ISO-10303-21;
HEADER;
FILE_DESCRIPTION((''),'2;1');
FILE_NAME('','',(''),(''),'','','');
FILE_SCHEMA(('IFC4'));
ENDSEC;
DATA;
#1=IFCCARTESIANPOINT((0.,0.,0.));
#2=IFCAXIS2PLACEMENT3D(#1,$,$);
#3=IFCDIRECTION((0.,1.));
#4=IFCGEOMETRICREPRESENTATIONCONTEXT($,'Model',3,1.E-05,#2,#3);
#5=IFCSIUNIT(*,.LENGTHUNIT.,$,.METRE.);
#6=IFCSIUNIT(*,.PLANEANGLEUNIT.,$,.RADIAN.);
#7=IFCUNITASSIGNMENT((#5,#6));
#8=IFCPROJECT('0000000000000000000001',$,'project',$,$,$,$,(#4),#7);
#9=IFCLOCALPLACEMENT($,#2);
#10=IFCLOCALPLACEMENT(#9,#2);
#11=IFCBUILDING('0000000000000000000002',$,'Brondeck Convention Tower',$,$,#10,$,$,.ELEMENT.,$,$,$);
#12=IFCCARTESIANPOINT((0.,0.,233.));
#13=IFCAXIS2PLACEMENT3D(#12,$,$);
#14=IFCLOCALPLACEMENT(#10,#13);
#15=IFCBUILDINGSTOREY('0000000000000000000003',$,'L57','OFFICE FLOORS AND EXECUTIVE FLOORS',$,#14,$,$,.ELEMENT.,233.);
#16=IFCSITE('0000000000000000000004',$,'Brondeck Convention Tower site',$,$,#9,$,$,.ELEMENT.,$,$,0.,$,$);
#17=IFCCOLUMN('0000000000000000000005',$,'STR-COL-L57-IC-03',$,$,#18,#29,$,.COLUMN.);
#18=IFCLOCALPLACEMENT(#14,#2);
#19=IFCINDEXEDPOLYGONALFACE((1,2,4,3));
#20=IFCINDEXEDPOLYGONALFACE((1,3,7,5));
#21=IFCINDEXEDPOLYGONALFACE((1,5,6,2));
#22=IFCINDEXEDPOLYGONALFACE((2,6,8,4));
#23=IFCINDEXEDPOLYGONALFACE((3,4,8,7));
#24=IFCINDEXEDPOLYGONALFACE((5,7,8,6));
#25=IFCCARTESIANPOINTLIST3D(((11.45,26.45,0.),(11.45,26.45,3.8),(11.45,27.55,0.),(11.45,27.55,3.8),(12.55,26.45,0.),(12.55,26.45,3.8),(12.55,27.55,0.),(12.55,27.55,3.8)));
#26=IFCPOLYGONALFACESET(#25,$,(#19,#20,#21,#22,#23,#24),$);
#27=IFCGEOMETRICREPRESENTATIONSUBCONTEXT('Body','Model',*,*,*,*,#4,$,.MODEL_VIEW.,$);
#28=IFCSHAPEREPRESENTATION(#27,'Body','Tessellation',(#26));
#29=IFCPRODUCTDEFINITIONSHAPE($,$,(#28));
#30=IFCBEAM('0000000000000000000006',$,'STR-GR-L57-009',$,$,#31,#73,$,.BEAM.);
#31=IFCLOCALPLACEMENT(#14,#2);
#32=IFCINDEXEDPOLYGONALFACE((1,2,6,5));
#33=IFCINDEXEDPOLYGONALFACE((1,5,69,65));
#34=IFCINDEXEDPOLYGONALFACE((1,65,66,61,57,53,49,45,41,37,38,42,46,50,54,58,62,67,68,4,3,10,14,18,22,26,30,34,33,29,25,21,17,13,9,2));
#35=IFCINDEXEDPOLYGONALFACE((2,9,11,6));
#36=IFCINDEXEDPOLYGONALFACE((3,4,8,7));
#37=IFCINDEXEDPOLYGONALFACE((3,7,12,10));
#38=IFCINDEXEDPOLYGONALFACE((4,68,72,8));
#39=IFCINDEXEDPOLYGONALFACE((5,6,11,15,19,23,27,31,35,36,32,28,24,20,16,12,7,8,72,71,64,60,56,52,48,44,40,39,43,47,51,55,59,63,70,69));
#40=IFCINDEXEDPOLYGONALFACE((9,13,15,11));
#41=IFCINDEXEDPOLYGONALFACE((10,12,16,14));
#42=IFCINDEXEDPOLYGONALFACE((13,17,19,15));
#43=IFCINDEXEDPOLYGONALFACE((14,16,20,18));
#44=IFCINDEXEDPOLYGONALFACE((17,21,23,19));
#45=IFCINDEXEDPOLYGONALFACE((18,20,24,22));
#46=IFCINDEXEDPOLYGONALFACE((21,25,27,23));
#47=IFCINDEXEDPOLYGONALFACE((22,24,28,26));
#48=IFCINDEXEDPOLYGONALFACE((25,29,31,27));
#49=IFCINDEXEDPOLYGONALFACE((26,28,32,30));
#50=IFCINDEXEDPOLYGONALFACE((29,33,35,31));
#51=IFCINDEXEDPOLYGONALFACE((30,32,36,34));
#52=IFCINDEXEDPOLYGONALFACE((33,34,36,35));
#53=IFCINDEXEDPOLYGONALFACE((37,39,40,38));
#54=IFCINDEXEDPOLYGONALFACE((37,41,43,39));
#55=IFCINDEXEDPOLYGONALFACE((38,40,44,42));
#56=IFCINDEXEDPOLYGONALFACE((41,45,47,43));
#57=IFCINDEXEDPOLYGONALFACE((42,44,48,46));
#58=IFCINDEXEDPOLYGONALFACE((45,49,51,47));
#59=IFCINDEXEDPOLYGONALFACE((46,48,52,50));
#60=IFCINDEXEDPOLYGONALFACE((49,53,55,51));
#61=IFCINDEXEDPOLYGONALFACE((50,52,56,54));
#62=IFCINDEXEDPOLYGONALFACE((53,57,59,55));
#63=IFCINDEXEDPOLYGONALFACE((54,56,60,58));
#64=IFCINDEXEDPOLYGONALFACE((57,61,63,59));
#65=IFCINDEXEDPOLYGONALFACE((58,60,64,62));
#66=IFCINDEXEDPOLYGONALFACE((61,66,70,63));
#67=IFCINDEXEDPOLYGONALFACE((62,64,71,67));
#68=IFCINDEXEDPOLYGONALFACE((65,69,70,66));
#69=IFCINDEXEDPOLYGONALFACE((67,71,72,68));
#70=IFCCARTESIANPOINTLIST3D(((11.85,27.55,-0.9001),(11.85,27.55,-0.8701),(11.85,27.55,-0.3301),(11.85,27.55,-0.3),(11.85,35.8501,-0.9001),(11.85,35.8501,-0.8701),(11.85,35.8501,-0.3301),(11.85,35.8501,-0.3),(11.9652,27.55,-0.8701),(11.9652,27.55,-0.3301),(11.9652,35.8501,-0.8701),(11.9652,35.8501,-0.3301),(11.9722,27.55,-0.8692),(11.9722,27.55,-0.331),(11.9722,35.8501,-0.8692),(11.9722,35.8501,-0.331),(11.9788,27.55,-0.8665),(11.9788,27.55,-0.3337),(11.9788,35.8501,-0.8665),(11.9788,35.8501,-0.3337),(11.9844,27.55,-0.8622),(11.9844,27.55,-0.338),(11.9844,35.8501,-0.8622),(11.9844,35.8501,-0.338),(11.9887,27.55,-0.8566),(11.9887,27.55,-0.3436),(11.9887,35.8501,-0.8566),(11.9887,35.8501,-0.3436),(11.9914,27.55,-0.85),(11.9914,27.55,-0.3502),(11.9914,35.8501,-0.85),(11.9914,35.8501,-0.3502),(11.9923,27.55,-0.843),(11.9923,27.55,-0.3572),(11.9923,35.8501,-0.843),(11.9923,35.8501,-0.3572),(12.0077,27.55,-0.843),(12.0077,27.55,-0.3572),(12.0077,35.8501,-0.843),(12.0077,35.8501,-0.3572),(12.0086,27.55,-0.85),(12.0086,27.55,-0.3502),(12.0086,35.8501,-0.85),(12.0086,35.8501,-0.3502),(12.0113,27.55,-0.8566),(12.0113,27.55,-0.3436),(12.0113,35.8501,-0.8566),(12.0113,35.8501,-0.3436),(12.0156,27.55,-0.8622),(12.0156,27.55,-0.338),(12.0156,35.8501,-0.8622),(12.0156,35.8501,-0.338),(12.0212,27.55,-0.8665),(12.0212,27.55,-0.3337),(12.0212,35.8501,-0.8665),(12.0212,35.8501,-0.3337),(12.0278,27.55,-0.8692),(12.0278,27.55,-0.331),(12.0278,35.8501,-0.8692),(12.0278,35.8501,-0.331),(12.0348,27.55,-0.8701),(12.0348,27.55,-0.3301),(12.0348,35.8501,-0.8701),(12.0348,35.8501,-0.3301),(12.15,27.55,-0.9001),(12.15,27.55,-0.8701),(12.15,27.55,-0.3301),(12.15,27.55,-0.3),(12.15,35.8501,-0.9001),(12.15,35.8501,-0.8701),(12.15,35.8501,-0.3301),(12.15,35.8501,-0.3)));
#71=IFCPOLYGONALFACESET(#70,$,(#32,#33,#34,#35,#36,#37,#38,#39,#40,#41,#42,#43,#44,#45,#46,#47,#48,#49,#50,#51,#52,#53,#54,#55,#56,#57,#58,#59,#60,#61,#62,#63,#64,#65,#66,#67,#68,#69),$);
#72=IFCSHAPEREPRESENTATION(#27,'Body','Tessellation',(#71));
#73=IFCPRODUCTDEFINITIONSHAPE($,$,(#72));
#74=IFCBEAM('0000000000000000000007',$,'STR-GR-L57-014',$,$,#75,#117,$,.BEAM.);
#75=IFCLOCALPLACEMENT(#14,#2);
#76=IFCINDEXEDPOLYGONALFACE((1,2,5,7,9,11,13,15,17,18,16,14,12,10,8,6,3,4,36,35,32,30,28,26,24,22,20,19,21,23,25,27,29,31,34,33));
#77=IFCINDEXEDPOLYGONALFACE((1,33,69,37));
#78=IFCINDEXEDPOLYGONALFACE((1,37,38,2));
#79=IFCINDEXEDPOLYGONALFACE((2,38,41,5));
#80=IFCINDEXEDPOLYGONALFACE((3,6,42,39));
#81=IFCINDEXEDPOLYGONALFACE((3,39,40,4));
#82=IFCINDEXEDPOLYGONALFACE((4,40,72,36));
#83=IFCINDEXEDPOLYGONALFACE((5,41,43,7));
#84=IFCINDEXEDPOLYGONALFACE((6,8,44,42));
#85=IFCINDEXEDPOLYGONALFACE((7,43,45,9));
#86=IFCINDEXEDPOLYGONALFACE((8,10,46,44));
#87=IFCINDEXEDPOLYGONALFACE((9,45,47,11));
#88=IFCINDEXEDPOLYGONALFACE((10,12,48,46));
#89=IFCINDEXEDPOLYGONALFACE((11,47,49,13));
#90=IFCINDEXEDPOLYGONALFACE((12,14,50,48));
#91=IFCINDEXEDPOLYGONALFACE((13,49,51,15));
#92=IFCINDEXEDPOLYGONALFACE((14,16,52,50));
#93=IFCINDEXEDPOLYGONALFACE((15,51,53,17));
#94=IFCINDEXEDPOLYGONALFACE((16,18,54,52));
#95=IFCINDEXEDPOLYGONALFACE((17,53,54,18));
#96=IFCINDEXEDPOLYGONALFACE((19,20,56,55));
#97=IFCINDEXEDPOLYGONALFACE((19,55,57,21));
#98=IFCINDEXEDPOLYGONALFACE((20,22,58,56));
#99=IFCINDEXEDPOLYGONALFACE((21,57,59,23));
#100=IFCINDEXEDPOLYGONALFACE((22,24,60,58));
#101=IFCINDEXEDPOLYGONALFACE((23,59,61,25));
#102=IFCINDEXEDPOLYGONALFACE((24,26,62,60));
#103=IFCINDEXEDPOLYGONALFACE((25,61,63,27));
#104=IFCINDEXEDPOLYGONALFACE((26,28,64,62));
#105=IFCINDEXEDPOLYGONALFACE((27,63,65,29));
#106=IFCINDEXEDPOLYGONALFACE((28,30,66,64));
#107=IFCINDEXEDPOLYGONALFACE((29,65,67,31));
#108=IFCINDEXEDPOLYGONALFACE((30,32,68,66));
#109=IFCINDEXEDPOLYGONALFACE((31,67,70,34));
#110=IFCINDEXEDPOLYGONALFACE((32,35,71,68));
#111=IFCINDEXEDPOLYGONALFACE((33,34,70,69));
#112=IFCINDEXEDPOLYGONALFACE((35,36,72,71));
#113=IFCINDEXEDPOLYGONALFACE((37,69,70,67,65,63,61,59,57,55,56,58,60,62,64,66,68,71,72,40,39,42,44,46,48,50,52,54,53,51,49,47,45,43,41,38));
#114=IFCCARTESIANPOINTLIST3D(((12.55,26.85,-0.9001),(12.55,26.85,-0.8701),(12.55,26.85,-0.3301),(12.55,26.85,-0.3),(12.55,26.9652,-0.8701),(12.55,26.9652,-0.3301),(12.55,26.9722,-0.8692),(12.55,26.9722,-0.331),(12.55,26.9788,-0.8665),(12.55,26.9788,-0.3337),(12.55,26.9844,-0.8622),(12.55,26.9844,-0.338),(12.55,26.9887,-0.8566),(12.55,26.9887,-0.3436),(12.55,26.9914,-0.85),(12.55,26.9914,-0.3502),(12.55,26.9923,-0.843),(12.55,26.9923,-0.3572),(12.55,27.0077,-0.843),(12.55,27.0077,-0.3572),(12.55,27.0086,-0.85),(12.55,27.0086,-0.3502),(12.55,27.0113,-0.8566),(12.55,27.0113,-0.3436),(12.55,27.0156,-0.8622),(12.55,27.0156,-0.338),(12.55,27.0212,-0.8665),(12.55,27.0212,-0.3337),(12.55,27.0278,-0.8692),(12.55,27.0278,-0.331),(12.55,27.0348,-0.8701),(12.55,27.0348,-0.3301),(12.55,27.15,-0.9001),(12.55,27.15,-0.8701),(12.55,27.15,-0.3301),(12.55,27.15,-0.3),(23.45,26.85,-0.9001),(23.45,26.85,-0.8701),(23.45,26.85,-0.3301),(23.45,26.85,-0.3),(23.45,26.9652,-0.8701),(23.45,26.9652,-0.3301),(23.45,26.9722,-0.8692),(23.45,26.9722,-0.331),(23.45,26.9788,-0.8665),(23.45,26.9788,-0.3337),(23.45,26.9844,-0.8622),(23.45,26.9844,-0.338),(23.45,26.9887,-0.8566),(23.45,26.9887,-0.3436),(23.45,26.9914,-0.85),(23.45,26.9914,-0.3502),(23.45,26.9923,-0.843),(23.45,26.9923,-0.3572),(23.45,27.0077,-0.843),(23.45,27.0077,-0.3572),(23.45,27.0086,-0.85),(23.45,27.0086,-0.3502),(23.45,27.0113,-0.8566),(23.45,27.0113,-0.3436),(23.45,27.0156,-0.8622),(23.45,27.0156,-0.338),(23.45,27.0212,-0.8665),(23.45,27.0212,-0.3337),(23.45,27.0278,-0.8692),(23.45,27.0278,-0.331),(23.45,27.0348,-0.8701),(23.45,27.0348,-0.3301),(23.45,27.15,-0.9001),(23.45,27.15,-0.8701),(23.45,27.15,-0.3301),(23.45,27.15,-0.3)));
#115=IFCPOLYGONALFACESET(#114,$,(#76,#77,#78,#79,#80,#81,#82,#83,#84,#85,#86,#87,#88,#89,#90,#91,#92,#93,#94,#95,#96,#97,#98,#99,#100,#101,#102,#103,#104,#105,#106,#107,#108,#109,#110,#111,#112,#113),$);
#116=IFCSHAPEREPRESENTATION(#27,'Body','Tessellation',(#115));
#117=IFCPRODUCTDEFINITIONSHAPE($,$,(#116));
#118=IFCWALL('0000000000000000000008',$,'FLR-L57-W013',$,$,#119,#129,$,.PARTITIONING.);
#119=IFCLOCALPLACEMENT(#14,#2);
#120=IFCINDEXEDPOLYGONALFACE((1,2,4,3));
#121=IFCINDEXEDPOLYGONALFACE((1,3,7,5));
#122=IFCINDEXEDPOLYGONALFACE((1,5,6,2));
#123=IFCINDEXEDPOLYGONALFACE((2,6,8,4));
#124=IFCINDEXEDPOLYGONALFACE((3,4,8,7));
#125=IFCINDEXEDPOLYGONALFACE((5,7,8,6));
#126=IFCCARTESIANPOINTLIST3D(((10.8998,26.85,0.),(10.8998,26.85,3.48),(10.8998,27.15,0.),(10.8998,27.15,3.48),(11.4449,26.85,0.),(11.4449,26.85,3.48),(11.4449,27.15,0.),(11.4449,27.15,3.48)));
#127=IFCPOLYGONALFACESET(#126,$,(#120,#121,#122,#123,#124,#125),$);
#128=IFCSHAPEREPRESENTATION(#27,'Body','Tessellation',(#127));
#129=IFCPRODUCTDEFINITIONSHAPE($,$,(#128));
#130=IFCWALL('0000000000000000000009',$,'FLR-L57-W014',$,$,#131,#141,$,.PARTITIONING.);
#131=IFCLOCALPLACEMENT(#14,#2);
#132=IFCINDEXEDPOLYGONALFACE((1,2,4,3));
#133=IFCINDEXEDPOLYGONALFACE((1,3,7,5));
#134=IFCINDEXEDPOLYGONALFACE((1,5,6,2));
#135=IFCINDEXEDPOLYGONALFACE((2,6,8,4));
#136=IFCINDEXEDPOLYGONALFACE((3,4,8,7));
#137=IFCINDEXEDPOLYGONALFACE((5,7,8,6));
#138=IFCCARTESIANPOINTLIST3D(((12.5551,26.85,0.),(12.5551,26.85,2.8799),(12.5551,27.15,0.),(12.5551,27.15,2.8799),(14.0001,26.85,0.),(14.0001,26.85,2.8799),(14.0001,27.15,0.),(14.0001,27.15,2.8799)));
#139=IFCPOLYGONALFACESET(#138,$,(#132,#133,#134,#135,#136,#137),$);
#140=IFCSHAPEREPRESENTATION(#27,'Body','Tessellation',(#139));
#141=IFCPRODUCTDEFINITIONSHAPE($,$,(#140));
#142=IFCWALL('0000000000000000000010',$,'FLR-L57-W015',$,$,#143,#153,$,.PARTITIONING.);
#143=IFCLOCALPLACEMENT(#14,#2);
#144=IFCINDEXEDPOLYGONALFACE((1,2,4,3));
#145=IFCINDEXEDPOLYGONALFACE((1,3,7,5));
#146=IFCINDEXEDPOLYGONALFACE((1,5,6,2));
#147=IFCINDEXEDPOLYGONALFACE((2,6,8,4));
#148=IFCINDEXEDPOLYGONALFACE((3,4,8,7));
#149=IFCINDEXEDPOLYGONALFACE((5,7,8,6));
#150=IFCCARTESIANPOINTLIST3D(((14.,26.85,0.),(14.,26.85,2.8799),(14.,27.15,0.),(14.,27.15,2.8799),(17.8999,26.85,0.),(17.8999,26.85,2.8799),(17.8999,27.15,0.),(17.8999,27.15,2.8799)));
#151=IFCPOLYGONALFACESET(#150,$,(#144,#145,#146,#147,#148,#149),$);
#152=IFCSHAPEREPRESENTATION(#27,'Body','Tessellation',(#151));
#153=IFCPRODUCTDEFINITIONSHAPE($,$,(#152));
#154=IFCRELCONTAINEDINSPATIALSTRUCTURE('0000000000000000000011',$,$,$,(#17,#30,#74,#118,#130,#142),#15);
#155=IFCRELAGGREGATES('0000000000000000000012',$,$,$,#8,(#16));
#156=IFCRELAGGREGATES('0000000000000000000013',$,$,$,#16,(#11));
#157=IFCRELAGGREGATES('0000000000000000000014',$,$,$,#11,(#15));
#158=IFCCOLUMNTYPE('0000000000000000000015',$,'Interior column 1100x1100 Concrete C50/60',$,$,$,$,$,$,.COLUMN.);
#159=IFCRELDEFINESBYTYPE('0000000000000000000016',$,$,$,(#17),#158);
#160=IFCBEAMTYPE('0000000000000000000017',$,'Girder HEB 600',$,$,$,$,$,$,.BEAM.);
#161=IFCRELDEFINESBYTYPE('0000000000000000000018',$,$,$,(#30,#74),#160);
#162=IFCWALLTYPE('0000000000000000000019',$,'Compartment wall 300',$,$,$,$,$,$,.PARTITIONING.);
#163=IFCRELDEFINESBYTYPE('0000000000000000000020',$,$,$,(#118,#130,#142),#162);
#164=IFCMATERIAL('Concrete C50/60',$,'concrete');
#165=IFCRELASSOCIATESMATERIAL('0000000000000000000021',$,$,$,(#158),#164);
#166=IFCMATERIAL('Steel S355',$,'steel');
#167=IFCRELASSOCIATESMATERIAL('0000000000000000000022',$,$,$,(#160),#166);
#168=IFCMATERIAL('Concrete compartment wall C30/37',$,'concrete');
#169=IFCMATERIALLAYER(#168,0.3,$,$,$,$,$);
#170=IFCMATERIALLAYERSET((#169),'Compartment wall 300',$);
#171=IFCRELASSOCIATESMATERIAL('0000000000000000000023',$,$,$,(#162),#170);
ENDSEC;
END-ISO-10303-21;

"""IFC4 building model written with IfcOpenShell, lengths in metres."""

from ifc_helpers import new_model, si_unit, direction, frame, frame_2d, origin, origin_2d, place, context, subcontext, project, spatial, rectangle, i_section, extrude, material, layer, layer_set, material_profile, profile_set, type_object, element, save


model = new_model("IFC4")

# Units and contexts
model_context = context("Model", 3, precision=1e-05, world=origin(), true_north=direction((0.0, 1.0)))
body_context = subcontext(model_context, "Body", "Model", "MODEL_VIEW")
ifc_project = project(units=[si_unit("LENGTHUNIT", "METRE"), si_unit("PLANEANGLEUNIT", "RADIAN")], contexts=[model_context])

# Site, building, storey
site_placement = place(None, origin())
site = spatial("IfcSite", under=ifc_project, at=site_placement, Name="Brondeck Convention Tower site", CompositionType="ELEMENT", RefElevation=0.0)
building_placement = place(site_placement, origin())
building = spatial("IfcBuilding", under=site, at=building_placement, Name="Brondeck Convention Tower", CompositionType="ELEMENT")
storey_placement = place(building_placement, frame((0.0, 0.0, 233.0)))
storey = spatial("IfcBuildingStorey", under=building, at=storey_placement, Name="L57", Description="OFFICE FLOORS AND EXECUTIVE FLOORS", CompositionType="ELEMENT", Elevation=233.0)

# Column
ifc_material_1 = material(Name="Concrete C50/60", Category="concrete")
ifc_material_profile_1 = material_profile(ifc_material_1, rectangle(XDim=1.1001, YDim=1.1001, at=origin_2d()), Name="Interior column 1100x1100 Concrete C50/60")
ifc_profile_set_1 = profile_set([ifc_material_profile_1], Name="Concrete C50/60")
column_type = type_object("IfcColumnType", Name="Interior column 1100x1100 Concrete C50/60", PredefinedType="COLUMN", material=ifc_profile_set_1)
column_placement = place(storey_placement, frame((12.0, 27.0, 0.0), z_axis=(0.0, 0.0, 1.0), x_axis=(1.0, 0.0, 0.0)))
element("IfcColumn", 1, at=column_placement, inside=storey, type_object=column_type, Name="STR-COL-L57-IC-03", PredefinedType="COLUMN", context=body_context, shape_type="SweptSolid", body=[
    extrude(rectangle(XDim=1.1001, YDim=1.1001, at=origin_2d()), origin(), (0.0, 0.0, 1.0), 3.8),
])

# Beams
ifc_material_2 = material(Name="Steel S355", Category="steel")
ifc_material_profile_2 = material_profile(ifc_material_2, i_section(OverallWidth=0.3, OverallDepth=0.6001, WebThickness=0.0154, FlangeThickness=0.03, FilletRadius=0.0271, at=origin_2d()), Name="HEB 600")
ifc_profile_set_2 = profile_set([ifc_material_profile_2], Name="Steel S355")
beam_type = type_object("IfcBeamType", Name="Girder HEB 600", PredefinedType="BEAM", material=ifc_profile_set_2)
beam_1_placement = place(storey_placement, frame((12.0, 35.8501, -0.6001), z_axis=(0.0, -1.0, 0.0), x_axis=(1.0, 0.0, 0.0)))
element("IfcBeam", 2, at=beam_1_placement, inside=storey, type_object=beam_type, Name="STR-GR-L57-009", PredefinedType="BEAM", context=body_context, shape_type="SweptSolid", body=[
    extrude(i_section(OverallWidth=0.3, OverallDepth=0.6001, WebThickness=0.0154, FlangeThickness=0.03, FilletRadius=0.0271, at=origin_2d()), origin(), (0.0, 0.0, 1.0), 8.3),
])
beam_2_placement = place(storey_placement, frame((12.55, 27.0, -0.6001), z_axis=(1.0, 0.0, 0.0), x_axis=(0.0, 1.0, 0.0)))
element("IfcBeam", 3, at=beam_2_placement, inside=storey, type_object=beam_type, Name="STR-GR-L57-014", PredefinedType="BEAM", context=body_context, shape_type="SweptSolid", body=[
    extrude(i_section(OverallWidth=0.3, OverallDepth=0.6001, WebThickness=0.0154, FlangeThickness=0.03, FilletRadius=0.0271, at=origin_2d()), origin(), (0.0, 0.0, 1.0), 10.8999),
])

# Walls
ifc_material_3 = material(Name="Concrete compartment wall C30/37", Category="concrete")
ifc_layer_1 = layer(ifc_material_3, 0.3)
ifc_layer_set_1 = layer_set([ifc_layer_1], Name="Compartment wall 300")
wall_type_1 = type_object("IfcWallType", Name="Compartment wall 300", PredefinedType="PARTITIONING", material=ifc_layer_set_1)
wall_1_placement = place(storey_placement, frame((10.8999, 27.0, 0.0), z_axis=(0.0, 0.0, 1.0), x_axis=(1.0, 0.0, 0.0)))
element("IfcWall", 4, at=wall_1_placement, inside=storey, type_object=wall_type_1, Name="FLR-L57-W013", PredefinedType="PARTITIONING", context=body_context, shape_type="SweptSolid", body=[
    extrude(rectangle(XDim=0.5452, YDim=0.3, at=frame_2d((0.2725, 0.0))), origin(), (0.0, 0.0, 1.0), 3.48),
])
wall_2_placement = place(storey_placement, frame((12.5549, 27.0, 0.0), z_axis=(0.0, 0.0, 1.0), x_axis=(1.0, 0.0, 0.0)))
element("IfcWall", 5, at=wall_2_placement, inside=storey, type_object=wall_type_1, Name="FLR-L57-W014", PredefinedType="PARTITIONING", context=body_context, shape_type="SweptSolid", body=[
    extrude(rectangle(XDim=1.4451, YDim=0.3, at=frame_2d((0.7227, 0.0))), origin(), (0.0, 0.0, 1.0), 2.8799),
])
wall_3_placement = place(storey_placement, frame((14.0, 27.0, 0.0), z_axis=(0.0, 0.0, 1.0), x_axis=(1.0, 0.0, 0.0)))
element("IfcWall", 6, at=wall_3_placement, inside=storey, type_object=wall_type_1, Name="FLR-L57-W015", PredefinedType="PARTITIONING", context=body_context, shape_type="SweptSolid", body=[
    extrude(rectangle(XDim=3.8999, YDim=0.3, at=frame_2d((1.95, 0.0))), origin(), (0.0, 0.0, 1.0), 2.8799),
])

save(model, "model.ifc")
